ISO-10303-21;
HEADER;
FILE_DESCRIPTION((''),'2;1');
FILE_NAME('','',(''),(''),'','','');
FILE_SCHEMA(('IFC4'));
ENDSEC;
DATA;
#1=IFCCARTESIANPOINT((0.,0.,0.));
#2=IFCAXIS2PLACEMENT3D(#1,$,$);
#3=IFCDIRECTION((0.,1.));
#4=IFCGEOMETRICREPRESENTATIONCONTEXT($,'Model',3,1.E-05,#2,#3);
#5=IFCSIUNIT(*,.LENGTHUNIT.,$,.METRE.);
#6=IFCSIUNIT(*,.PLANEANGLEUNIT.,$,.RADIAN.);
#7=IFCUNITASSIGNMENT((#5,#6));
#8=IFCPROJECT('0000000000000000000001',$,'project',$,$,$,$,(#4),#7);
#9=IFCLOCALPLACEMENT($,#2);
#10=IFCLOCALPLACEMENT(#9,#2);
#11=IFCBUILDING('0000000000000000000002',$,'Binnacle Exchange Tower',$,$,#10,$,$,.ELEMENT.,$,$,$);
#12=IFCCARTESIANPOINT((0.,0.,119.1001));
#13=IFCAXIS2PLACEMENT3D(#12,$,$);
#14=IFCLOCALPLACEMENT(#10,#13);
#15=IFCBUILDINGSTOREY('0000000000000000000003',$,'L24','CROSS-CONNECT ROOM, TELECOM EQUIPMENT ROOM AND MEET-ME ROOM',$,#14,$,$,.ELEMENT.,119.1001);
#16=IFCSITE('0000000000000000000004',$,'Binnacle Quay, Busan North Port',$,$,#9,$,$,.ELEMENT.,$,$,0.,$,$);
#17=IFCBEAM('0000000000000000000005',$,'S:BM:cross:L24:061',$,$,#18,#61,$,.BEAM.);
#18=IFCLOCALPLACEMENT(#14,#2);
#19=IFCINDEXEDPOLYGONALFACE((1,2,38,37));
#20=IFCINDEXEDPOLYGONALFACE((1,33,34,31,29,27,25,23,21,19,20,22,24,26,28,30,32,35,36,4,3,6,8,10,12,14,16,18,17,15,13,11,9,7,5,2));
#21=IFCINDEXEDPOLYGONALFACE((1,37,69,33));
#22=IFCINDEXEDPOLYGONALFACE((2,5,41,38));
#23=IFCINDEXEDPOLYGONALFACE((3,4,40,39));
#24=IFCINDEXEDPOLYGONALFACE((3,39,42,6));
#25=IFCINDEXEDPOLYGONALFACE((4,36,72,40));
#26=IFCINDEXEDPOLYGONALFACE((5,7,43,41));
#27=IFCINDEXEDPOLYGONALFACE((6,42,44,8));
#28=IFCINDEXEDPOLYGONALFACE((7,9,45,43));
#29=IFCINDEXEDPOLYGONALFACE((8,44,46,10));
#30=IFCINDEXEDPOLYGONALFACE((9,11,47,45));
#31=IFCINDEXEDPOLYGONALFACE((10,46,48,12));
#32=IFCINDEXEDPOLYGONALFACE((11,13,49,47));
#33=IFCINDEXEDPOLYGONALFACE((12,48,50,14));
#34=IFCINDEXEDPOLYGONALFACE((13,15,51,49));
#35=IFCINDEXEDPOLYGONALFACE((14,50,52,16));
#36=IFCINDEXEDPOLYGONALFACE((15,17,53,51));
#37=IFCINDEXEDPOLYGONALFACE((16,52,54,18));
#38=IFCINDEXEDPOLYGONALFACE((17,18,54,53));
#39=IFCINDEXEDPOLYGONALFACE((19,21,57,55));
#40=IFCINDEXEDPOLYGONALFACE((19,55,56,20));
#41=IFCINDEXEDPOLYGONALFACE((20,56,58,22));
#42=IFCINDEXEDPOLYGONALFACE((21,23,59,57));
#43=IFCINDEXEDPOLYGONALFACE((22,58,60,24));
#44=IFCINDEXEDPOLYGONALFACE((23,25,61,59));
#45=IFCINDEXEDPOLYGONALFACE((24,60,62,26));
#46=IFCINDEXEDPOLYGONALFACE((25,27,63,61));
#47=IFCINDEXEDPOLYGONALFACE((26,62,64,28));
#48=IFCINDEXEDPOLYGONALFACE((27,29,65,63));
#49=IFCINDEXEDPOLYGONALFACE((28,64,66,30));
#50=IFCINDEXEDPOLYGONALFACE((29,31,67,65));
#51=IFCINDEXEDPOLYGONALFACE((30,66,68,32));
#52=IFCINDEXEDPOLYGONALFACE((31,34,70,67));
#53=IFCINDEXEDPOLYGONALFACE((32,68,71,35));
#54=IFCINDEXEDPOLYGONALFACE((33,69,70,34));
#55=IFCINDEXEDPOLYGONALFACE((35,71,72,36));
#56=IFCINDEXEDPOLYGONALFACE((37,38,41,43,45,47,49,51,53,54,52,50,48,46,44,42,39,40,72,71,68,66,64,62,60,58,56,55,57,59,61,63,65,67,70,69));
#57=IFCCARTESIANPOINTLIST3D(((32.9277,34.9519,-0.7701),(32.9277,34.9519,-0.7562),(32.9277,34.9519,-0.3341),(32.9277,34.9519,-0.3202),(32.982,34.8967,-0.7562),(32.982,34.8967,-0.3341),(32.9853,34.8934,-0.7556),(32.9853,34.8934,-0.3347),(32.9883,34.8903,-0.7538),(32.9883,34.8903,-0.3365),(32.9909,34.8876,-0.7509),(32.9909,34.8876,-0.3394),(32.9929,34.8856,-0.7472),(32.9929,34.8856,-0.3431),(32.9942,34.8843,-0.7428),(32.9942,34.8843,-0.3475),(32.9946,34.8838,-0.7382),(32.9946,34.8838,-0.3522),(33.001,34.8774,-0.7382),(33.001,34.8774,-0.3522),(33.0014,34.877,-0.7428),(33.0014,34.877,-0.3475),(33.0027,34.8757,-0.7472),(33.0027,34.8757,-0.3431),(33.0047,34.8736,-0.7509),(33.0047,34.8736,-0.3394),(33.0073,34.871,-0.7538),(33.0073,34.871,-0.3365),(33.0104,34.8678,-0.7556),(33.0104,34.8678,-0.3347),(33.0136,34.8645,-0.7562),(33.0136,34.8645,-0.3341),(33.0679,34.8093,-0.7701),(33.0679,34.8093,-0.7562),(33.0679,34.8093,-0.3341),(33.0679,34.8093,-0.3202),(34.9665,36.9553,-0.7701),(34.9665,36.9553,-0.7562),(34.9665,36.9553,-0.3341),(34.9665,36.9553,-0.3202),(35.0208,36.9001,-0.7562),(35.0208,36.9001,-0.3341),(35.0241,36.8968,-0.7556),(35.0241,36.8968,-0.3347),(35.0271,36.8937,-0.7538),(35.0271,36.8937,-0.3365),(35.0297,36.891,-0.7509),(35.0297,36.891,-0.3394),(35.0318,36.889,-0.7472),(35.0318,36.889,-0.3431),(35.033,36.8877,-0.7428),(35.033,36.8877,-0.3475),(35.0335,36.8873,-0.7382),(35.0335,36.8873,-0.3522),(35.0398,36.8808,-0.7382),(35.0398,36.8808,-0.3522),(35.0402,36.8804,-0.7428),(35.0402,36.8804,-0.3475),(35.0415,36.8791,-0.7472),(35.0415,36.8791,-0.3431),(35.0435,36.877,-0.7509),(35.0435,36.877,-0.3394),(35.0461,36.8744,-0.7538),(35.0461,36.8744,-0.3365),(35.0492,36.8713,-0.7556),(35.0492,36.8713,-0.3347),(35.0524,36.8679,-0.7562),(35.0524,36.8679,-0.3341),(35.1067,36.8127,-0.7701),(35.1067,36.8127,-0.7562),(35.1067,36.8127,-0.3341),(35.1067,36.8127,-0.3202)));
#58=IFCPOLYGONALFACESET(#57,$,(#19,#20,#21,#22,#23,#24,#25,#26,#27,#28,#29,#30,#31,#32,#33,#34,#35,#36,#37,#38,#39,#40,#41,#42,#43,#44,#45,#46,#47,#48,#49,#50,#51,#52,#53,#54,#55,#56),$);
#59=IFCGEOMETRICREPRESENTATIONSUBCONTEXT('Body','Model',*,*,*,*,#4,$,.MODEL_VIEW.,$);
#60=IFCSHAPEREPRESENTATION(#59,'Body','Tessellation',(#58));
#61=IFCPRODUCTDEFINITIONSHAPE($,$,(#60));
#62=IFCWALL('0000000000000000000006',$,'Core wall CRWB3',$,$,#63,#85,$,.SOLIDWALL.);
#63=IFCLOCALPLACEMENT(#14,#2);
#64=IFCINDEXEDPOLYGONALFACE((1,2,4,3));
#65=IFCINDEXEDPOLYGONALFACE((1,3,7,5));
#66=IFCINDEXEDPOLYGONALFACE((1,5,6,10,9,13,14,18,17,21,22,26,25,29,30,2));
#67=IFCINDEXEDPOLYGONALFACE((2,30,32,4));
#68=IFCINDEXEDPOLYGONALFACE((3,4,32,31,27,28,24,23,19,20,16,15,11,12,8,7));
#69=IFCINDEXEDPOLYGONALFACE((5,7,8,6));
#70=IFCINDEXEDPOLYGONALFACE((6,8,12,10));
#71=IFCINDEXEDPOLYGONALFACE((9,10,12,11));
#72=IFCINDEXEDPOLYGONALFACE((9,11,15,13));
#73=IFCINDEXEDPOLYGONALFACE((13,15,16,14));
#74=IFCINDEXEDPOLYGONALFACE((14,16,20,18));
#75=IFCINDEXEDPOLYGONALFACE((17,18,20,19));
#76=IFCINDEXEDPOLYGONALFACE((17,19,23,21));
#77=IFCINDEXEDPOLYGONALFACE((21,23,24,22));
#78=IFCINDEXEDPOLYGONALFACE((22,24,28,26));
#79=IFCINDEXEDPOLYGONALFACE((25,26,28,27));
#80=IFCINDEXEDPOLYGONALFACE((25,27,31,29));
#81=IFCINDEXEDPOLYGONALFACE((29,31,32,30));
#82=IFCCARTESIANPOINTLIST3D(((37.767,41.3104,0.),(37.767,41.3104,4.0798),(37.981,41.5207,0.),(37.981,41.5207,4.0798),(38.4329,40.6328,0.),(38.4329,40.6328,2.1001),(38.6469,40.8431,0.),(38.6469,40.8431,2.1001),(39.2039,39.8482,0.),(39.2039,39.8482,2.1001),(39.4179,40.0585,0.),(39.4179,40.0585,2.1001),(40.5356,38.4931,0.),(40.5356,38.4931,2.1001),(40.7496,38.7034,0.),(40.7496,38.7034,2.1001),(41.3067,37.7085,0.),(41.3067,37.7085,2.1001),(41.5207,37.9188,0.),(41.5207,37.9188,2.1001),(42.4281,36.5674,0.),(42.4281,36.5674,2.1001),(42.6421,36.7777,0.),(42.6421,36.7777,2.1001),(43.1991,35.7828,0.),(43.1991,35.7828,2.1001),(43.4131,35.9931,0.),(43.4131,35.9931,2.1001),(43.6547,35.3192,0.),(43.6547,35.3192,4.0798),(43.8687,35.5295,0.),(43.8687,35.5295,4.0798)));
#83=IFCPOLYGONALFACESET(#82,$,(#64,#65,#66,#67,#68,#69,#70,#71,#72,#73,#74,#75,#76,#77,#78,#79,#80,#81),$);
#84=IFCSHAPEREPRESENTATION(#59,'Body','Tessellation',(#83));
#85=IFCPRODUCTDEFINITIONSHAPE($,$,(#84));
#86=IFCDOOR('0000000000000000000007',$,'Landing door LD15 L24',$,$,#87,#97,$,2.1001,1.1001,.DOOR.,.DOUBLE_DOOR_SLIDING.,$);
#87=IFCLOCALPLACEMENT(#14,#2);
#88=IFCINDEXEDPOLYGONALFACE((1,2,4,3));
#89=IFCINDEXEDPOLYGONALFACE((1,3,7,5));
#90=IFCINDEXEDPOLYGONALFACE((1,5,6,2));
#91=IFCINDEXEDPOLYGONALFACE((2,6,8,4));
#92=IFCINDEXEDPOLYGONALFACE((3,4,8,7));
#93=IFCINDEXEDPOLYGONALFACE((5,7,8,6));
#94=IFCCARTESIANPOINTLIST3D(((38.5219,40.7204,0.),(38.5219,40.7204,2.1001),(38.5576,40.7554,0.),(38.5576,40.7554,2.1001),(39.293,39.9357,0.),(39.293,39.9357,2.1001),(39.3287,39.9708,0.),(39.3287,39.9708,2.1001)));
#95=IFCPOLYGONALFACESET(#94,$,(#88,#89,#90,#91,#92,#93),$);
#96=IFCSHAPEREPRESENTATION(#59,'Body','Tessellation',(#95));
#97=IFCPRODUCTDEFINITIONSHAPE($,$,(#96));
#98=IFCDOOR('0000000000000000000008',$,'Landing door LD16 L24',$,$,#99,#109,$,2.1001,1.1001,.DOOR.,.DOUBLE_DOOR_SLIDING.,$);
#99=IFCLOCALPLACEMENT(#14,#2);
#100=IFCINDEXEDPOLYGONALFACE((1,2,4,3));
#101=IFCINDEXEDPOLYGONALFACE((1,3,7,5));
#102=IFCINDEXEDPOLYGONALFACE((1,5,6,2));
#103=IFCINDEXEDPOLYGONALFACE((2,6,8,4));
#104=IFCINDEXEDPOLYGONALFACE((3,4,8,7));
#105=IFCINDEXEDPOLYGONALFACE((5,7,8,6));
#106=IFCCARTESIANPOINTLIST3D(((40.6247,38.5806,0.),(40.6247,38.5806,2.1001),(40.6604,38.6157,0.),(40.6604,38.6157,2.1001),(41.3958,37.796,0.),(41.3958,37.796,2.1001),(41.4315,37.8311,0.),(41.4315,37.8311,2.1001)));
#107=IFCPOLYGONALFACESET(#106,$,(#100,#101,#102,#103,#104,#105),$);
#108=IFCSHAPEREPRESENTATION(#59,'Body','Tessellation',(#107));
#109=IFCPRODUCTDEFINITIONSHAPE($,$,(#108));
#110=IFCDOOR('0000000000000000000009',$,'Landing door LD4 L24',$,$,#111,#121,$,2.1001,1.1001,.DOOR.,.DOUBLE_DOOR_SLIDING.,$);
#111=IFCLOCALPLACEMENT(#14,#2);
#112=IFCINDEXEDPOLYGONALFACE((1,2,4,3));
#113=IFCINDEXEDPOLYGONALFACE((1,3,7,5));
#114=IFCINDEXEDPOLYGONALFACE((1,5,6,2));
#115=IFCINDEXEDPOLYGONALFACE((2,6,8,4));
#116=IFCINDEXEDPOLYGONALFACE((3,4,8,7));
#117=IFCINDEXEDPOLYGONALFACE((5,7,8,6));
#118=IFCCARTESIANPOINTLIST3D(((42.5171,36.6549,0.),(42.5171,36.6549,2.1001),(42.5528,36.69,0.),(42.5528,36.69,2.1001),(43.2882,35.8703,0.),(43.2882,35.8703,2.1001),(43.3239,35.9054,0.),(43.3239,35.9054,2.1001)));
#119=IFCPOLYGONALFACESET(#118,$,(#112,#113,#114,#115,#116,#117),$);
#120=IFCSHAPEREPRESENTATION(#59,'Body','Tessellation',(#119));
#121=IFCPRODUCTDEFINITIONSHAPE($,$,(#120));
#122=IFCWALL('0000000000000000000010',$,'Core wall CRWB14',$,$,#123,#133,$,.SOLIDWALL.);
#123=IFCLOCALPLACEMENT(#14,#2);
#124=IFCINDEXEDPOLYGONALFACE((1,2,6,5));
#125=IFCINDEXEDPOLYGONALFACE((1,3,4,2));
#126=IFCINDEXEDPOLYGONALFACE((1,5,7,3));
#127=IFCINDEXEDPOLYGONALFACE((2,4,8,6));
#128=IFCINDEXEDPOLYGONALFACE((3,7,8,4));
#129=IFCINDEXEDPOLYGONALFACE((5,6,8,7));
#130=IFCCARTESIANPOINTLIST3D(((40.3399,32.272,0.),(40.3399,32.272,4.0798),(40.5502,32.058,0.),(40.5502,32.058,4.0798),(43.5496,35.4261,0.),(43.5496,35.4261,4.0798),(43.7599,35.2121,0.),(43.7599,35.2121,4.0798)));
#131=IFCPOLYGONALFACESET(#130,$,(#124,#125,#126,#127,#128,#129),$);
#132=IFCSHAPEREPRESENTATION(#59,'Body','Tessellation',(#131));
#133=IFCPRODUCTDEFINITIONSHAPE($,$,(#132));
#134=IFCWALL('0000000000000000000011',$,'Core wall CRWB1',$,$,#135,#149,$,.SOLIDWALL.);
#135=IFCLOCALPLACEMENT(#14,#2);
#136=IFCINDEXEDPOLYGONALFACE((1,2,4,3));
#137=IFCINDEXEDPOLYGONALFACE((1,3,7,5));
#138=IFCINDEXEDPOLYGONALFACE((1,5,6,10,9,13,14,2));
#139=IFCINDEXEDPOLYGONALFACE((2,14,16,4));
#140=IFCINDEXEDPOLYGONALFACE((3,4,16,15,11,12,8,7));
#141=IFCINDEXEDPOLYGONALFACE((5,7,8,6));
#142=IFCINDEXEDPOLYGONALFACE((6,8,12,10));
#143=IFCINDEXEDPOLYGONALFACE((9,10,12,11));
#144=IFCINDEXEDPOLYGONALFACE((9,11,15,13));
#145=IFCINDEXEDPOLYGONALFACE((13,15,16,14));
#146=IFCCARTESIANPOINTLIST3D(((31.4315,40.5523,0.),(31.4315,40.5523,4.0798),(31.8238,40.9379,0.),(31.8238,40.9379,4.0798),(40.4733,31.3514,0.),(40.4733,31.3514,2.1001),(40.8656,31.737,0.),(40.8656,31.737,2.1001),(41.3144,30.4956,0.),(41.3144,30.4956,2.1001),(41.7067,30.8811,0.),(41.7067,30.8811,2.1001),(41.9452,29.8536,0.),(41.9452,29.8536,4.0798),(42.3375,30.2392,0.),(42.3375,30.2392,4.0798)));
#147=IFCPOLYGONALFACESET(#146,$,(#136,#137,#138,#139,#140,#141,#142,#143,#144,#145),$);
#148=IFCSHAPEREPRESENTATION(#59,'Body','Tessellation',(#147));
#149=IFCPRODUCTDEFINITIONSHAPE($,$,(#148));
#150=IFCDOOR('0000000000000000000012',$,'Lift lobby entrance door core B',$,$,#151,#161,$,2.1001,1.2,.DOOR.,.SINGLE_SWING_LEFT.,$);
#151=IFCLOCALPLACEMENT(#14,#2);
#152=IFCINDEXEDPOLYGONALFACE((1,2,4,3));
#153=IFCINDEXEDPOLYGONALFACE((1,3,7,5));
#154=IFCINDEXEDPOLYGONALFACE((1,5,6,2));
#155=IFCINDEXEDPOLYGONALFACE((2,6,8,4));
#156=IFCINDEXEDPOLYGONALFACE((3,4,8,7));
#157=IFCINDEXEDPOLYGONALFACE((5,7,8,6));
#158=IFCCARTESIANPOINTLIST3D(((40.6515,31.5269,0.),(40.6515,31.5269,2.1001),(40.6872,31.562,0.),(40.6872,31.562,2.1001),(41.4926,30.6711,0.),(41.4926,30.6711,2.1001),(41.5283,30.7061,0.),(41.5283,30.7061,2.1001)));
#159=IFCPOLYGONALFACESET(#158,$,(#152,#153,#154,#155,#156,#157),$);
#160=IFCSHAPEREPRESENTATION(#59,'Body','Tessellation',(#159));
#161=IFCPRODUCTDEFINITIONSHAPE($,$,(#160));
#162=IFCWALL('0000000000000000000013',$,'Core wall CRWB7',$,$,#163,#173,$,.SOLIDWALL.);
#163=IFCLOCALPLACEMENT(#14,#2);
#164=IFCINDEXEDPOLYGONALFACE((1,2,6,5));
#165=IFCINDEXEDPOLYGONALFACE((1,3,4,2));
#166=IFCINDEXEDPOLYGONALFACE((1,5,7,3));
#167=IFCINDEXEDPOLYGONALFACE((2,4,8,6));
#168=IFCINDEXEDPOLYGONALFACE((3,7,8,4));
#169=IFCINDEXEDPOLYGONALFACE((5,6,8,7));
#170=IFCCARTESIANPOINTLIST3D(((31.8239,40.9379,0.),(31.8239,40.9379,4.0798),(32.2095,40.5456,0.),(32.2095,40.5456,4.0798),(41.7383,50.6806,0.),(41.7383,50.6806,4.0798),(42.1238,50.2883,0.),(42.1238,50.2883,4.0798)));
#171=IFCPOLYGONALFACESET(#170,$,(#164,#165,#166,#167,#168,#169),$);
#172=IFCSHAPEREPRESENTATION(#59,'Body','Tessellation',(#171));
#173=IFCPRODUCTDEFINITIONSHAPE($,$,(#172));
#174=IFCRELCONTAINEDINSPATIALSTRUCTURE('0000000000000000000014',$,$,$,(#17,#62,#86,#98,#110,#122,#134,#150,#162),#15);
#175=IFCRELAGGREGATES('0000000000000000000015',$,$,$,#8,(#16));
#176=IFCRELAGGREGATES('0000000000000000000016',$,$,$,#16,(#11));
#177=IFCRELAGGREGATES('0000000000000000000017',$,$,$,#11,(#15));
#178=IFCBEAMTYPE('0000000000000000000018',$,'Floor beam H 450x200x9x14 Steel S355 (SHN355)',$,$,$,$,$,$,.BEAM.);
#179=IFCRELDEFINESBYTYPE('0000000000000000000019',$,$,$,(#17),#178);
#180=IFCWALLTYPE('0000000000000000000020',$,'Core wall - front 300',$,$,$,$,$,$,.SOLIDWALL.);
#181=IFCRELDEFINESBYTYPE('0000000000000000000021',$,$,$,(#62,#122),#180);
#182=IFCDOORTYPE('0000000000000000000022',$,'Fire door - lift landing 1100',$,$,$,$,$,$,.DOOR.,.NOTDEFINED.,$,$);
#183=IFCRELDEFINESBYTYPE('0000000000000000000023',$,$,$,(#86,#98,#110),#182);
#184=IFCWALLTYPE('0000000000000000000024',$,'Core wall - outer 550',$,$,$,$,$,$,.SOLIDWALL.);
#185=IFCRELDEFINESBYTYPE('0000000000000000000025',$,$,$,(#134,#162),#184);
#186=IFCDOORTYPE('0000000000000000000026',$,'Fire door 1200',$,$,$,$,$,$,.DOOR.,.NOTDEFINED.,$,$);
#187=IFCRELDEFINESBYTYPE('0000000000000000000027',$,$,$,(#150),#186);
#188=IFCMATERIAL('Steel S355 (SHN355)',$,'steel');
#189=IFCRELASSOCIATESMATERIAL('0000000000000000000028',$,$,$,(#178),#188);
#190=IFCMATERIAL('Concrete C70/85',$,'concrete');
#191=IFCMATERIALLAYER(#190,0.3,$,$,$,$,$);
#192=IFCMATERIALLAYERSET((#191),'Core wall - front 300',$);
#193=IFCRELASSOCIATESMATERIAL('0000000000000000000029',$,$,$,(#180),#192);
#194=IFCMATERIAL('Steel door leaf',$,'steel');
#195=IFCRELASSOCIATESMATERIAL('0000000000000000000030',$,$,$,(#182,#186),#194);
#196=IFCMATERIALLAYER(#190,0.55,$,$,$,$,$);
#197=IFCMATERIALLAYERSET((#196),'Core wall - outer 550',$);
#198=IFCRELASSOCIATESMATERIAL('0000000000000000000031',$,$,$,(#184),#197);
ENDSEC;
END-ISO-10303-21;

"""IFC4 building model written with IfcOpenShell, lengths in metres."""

from ifc_helpers import new_model, si_unit, direction, frame, frame_2d, origin, origin_2d, place, context, subcontext, project, spatial, rectangle, i_section, extrude, material, layer, layer_set, material_profile, profile_set, type_object, element, fill, save


model = new_model("IFC4")

# Units and contexts
model_context = context("Model", 3, precision=1e-05, world=origin(), true_north=direction((0.0, 1.0)))
body_context = subcontext(model_context, "Body", "Model", "MODEL_VIEW")
ifc_project = project(units=[si_unit("LENGTHUNIT", "METRE"), si_unit("PLANEANGLEUNIT", "RADIAN")], contexts=[model_context])

# Site, building, storey
site_placement = place(None, origin())
site = spatial("IfcSite", under=ifc_project, at=site_placement, Name="Binnacle Quay, Busan North Port", CompositionType="ELEMENT", RefElevation=0.0)
building_placement = place(site_placement, origin())
building = spatial("IfcBuilding", under=site, at=building_placement, Name="Binnacle Exchange Tower", CompositionType="ELEMENT")
storey_placement = place(building_placement, frame((0.0, 0.0, 119.1001)))
storey = spatial("IfcBuildingStorey", under=building, at=storey_placement, Name="L24", Description="CROSS-CONNECT ROOM, TELECOM EQUIPMENT ROOM AND MEET-ME ROOM", CompositionType="ELEMENT", Elevation=119.1001)

# Shared definitions
ifc_material_1 = material(Name="Concrete C70/85", Category="concrete")

# Beam
ifc_material_2 = material(Name="Steel S355 (SHN355)", Category="steel")
ifc_material_profile_1 = material_profile(ifc_material_2, i_section(OverallWidth=0.2, OverallDepth=0.45, WebThickness=0.009, FlangeThickness=0.0139, FilletRadius=0.0181, at=origin_2d()), Name="H 450x200x9x14")
ifc_profile_set_1 = profile_set([ifc_material_profile_1], Name="Steel S355 (SHN355)")
beam_type_1 = type_object("IfcBeamType", Name="Floor beam H 450x200x9x14 Steel S355 (SHN355)", PredefinedType="BEAM", material=ifc_profile_set_1)
beam_1_placement = place(storey_placement, frame((32.9978, 34.8806, -0.5452), z_axis=(0.713272, 0.700887, 0.0), x_axis=(-0.700887, 0.713272, 0.0)))
element("IfcBeam", 1, at=beam_1_placement, inside=storey, type_object=beam_type_1, Name="S:BM:cross:L24:061", PredefinedType="BEAM", context=body_context, shape_type="SweptSolid", body=[
    extrude(i_section(OverallWidth=0.2, OverallDepth=0.45, WebThickness=0.009, FlangeThickness=0.0139, FilletRadius=0.0181, at=origin_2d()), origin(), (0.0, 0.0, 1.0), 2.8584),
])

# Wall, openings, doors
ifc_layer_1 = layer(ifc_material_1, 0.3)
ifc_layer_set_1 = layer_set([ifc_layer_1], Name="Core wall - front 300")
wall_type_1 = type_object("IfcWallType", Name="Core wall - front 300", PredefinedType="SOLIDWALL", material=ifc_layer_set_1)
wall_1_placement = place(storey_placement, frame((37.874, 41.4155, 0.0), z_axis=(0.0, 0.0, 1.0), x_axis=(0.700918, -0.713242, 0.0)))
wall_1 = element("IfcWall", 2, at=wall_1_placement, inside=storey, type_object=wall_type_1, Name="Core wall CRWB3", PredefinedType="SOLIDWALL", context=body_context, shape_type="SweptSolid", body=[
    extrude(rectangle(XDim=8.3999, YDim=0.3, at=frame_2d((4.2, 0.0))), origin(), (0.0, 0.0, 1.0), 4.0798),
])
opening_1_placement = place(wall_1_placement, frame((0.95, 0.0, 0.0)))
opening_1 = element("IfcOpeningElement", 3, at=opening_1_placement, cuts=wall_1, PredefinedType="OPENING", context=body_context, shape_type="SweptSolid", body=[
    extrude(rectangle(XDim=1.1001, YDim=2.1001, at=frame_2d((0.55, 1.05))), frame((0.0, 0.1599, 0.0), z_axis=(0.0, -1.0, 0.0), x_axis=(1.0, 0.0, 0.0)), (0.0, 0.0, 1.0), 0.3201),
])
opening_2_placement = place(wall_1_placement, frame((3.95, 0.0, 0.0)))
opening_2 = element("IfcOpeningElement", 4, at=opening_2_placement, cuts=wall_1, PredefinedType="OPENING", context=body_context, shape_type="SweptSolid", body=[
    extrude(rectangle(XDim=1.1001, YDim=2.1001, at=frame_2d((0.55, 1.05))), frame((0.0, 0.1599, 0.0), z_axis=(0.0, -1.0, 0.0), x_axis=(1.0, 0.0, 0.0)), (0.0, 0.0, 1.0), 0.3201),
])
opening_3_placement = place(wall_1_placement, frame((6.6499, 0.0, 0.0)))
opening_3 = element("IfcOpeningElement", 5, at=opening_3_placement, cuts=wall_1, PredefinedType="OPENING", context=body_context, shape_type="SweptSolid", body=[
    extrude(rectangle(XDim=1.1001, YDim=2.1001, at=frame_2d((0.55, 1.05))), frame((0.0, 0.1599, 0.0), z_axis=(0.0, -1.0, 0.0), x_axis=(1.0, 0.0, 0.0)), (0.0, 0.0, 1.0), 0.3201),
])
ifc_material_3 = material(Name="Steel door leaf", Category="steel")
door_type_1 = type_object("IfcDoorType", Name="Fire door - lift landing 1100", OperationType="NOTDEFINED", PredefinedType="DOOR", material=ifc_material_3)
door_1_placement = place(opening_1_placement, origin())
door_1 = element("IfcDoor", 6, at=door_1_placement, inside=storey, type_object=door_type_1, Name="Landing door LD15 L24", OperationType="DOUBLE_DOOR_SLIDING", OverallHeight=2.1001, OverallWidth=1.1001, PredefinedType="DOOR", context=body_context, shape_type="SweptSolid", body=[
    extrude(rectangle(XDim=1.1001, YDim=2.1001, at=frame_2d((0.55, 1.05))), frame((0.0, 0.0249, 0.0), z_axis=(0.0, -1.0, 0.0), x_axis=(1.0, 0.0, 0.0)), (0.0, 0.0, 1.0), 0.05),
])
fill(opening_1, door_1)
door_2_placement = place(opening_2_placement, origin())
door_2 = element("IfcDoor", 7, at=door_2_placement, inside=storey, type_object=door_type_1, Name="Landing door LD16 L24", OperationType="DOUBLE_DOOR_SLIDING", OverallHeight=2.1001, OverallWidth=1.1001, PredefinedType="DOOR", context=body_context, shape_type="SweptSolid", body=[
    extrude(rectangle(XDim=1.1001, YDim=2.1001, at=frame_2d((0.55, 1.05))), frame((0.0, 0.0249, 0.0), z_axis=(0.0, -1.0, 0.0), x_axis=(1.0, 0.0, 0.0)), (0.0, 0.0, 1.0), 0.05),
])
fill(opening_2, door_2)
door_3_placement = place(opening_3_placement, origin())
door_3 = element("IfcDoor", 8, at=door_3_placement, inside=storey, type_object=door_type_1, Name="Landing door LD4 L24", OperationType="DOUBLE_DOOR_SLIDING", OverallHeight=2.1001, OverallWidth=1.1001, PredefinedType="DOOR", context=body_context, shape_type="SweptSolid", body=[
    extrude(rectangle(XDim=1.1001, YDim=2.1001, at=frame_2d((0.55, 1.05))), frame((0.0, 0.0249, 0.0), z_axis=(0.0, -1.0, 0.0), x_axis=(1.0, 0.0, 0.0)), (0.0, 0.0, 1.0), 0.05),
])
fill(opening_3, door_3)

# Wall
wall_2_placement = place(storey_placement, frame((40.4451, 32.165, 0.0), z_axis=(0.0, 0.0, 1.0), x_axis=(0.713265, 0.700895, 0.0)))
element("IfcWall", 9, at=wall_2_placement, inside=storey, type_object=wall_type_1, Name="Core wall CRWB14", PredefinedType="SOLIDWALL", context=body_context, shape_type="SweptSolid", body=[
    extrude(rectangle(XDim=4.5, YDim=0.3, at=frame_2d((2.25, 0.0))), origin(), (0.0, 0.0, 1.0), 4.0798),
])

# Wall, opening, door
ifc_layer_2 = layer(ifc_material_1, 0.55)
ifc_layer_set_2 = layer_set([ifc_layer_2], Name="Core wall - outer 550")
wall_type_2 = type_object("IfcWallType", Name="Core wall - outer 550", PredefinedType="SOLIDWALL", material=ifc_layer_set_2)
wall_3_placement = place(storey_placement, frame((31.6277, 40.7451, 0.0), z_axis=(0.0, 0.0, 1.0), x_axis=(0.700911, -0.713248, 0.0)))
wall_3 = element("IfcWall", 10, at=wall_3_placement, inside=storey, type_object=wall_type_2, Name="Core wall CRWB1", PredefinedType="SOLIDWALL", context=body_context, shape_type="SweptSolid", body=[
    extrude(rectangle(XDim=15.0, YDim=0.55, at=frame_2d((7.5, 0.0))), origin(), (0.0, 0.0, 1.0), 4.0798),
])
opening_4_placement = place(wall_3_placement, frame((12.8999, 0.0, 0.0)))
opening_4 = element("IfcOpeningElement", 11, at=opening_4_placement, cuts=wall_3, PredefinedType="OPENING", context=body_context, shape_type="SweptSolid", body=[
    extrude(rectangle(XDim=1.2, YDim=2.1001, at=frame_2d((0.6001, 1.05))), frame((0.0, 0.2849, 0.0), z_axis=(0.0, -1.0, 0.0), x_axis=(1.0, 0.0, 0.0)), (0.0, 0.0, 1.0), 0.5701),
])
door_type_2 = type_object("IfcDoorType", Name="Fire door 1200", OperationType="NOTDEFINED", PredefinedType="DOOR", material=ifc_material_3)
door_4_placement = place(opening_4_placement, frame((1.2, 0.0, 0.0), z_axis=(0.0, 0.0, 1.0), x_axis=(-1.0, 0.0, 0.0)))
door_4 = element("IfcDoor", 12, at=door_4_placement, inside=storey, type_object=door_type_2, Name="Lift lobby entrance door core B", OperationType="SINGLE_SWING_LEFT", OverallHeight=2.1001, OverallWidth=1.2, PredefinedType="DOOR", context=body_context, shape_type="SweptSolid", body=[
    extrude(rectangle(XDim=1.2, YDim=2.1001, at=frame_2d((0.6001, 1.05))), frame((0.0, 0.0249, 0.0), z_axis=(0.0, -1.0, 0.0), x_axis=(1.0, 0.0, 0.0)), (0.0, 0.0, 1.0), 0.05),
])
fill(opening_4, door_4)

# Wall
for number, where, z_axis, x_axis, name in (
    (13, (32.0166, 40.7417, 0.0), (0.0, 0.0, 1.0), (0.713254, 0.700906, 0.0), "Core wall CRWB7"),
):
    element("IfcWall", number, at=place(storey_placement, frame(where, z_axis=z_axis, x_axis=x_axis)), inside=storey, type_object=wall_type_2, Name=name, PredefinedType="SOLIDWALL", context=body_context, shape_type="SweptSolid", body=[
        extrude(rectangle(XDim=13.9001, YDim=0.55, at=frame_2d((6.9502, 0.0))), origin(), (0.0, 0.0, 1.0), 4.0798),
    ])

save(model, "model.ifc")
